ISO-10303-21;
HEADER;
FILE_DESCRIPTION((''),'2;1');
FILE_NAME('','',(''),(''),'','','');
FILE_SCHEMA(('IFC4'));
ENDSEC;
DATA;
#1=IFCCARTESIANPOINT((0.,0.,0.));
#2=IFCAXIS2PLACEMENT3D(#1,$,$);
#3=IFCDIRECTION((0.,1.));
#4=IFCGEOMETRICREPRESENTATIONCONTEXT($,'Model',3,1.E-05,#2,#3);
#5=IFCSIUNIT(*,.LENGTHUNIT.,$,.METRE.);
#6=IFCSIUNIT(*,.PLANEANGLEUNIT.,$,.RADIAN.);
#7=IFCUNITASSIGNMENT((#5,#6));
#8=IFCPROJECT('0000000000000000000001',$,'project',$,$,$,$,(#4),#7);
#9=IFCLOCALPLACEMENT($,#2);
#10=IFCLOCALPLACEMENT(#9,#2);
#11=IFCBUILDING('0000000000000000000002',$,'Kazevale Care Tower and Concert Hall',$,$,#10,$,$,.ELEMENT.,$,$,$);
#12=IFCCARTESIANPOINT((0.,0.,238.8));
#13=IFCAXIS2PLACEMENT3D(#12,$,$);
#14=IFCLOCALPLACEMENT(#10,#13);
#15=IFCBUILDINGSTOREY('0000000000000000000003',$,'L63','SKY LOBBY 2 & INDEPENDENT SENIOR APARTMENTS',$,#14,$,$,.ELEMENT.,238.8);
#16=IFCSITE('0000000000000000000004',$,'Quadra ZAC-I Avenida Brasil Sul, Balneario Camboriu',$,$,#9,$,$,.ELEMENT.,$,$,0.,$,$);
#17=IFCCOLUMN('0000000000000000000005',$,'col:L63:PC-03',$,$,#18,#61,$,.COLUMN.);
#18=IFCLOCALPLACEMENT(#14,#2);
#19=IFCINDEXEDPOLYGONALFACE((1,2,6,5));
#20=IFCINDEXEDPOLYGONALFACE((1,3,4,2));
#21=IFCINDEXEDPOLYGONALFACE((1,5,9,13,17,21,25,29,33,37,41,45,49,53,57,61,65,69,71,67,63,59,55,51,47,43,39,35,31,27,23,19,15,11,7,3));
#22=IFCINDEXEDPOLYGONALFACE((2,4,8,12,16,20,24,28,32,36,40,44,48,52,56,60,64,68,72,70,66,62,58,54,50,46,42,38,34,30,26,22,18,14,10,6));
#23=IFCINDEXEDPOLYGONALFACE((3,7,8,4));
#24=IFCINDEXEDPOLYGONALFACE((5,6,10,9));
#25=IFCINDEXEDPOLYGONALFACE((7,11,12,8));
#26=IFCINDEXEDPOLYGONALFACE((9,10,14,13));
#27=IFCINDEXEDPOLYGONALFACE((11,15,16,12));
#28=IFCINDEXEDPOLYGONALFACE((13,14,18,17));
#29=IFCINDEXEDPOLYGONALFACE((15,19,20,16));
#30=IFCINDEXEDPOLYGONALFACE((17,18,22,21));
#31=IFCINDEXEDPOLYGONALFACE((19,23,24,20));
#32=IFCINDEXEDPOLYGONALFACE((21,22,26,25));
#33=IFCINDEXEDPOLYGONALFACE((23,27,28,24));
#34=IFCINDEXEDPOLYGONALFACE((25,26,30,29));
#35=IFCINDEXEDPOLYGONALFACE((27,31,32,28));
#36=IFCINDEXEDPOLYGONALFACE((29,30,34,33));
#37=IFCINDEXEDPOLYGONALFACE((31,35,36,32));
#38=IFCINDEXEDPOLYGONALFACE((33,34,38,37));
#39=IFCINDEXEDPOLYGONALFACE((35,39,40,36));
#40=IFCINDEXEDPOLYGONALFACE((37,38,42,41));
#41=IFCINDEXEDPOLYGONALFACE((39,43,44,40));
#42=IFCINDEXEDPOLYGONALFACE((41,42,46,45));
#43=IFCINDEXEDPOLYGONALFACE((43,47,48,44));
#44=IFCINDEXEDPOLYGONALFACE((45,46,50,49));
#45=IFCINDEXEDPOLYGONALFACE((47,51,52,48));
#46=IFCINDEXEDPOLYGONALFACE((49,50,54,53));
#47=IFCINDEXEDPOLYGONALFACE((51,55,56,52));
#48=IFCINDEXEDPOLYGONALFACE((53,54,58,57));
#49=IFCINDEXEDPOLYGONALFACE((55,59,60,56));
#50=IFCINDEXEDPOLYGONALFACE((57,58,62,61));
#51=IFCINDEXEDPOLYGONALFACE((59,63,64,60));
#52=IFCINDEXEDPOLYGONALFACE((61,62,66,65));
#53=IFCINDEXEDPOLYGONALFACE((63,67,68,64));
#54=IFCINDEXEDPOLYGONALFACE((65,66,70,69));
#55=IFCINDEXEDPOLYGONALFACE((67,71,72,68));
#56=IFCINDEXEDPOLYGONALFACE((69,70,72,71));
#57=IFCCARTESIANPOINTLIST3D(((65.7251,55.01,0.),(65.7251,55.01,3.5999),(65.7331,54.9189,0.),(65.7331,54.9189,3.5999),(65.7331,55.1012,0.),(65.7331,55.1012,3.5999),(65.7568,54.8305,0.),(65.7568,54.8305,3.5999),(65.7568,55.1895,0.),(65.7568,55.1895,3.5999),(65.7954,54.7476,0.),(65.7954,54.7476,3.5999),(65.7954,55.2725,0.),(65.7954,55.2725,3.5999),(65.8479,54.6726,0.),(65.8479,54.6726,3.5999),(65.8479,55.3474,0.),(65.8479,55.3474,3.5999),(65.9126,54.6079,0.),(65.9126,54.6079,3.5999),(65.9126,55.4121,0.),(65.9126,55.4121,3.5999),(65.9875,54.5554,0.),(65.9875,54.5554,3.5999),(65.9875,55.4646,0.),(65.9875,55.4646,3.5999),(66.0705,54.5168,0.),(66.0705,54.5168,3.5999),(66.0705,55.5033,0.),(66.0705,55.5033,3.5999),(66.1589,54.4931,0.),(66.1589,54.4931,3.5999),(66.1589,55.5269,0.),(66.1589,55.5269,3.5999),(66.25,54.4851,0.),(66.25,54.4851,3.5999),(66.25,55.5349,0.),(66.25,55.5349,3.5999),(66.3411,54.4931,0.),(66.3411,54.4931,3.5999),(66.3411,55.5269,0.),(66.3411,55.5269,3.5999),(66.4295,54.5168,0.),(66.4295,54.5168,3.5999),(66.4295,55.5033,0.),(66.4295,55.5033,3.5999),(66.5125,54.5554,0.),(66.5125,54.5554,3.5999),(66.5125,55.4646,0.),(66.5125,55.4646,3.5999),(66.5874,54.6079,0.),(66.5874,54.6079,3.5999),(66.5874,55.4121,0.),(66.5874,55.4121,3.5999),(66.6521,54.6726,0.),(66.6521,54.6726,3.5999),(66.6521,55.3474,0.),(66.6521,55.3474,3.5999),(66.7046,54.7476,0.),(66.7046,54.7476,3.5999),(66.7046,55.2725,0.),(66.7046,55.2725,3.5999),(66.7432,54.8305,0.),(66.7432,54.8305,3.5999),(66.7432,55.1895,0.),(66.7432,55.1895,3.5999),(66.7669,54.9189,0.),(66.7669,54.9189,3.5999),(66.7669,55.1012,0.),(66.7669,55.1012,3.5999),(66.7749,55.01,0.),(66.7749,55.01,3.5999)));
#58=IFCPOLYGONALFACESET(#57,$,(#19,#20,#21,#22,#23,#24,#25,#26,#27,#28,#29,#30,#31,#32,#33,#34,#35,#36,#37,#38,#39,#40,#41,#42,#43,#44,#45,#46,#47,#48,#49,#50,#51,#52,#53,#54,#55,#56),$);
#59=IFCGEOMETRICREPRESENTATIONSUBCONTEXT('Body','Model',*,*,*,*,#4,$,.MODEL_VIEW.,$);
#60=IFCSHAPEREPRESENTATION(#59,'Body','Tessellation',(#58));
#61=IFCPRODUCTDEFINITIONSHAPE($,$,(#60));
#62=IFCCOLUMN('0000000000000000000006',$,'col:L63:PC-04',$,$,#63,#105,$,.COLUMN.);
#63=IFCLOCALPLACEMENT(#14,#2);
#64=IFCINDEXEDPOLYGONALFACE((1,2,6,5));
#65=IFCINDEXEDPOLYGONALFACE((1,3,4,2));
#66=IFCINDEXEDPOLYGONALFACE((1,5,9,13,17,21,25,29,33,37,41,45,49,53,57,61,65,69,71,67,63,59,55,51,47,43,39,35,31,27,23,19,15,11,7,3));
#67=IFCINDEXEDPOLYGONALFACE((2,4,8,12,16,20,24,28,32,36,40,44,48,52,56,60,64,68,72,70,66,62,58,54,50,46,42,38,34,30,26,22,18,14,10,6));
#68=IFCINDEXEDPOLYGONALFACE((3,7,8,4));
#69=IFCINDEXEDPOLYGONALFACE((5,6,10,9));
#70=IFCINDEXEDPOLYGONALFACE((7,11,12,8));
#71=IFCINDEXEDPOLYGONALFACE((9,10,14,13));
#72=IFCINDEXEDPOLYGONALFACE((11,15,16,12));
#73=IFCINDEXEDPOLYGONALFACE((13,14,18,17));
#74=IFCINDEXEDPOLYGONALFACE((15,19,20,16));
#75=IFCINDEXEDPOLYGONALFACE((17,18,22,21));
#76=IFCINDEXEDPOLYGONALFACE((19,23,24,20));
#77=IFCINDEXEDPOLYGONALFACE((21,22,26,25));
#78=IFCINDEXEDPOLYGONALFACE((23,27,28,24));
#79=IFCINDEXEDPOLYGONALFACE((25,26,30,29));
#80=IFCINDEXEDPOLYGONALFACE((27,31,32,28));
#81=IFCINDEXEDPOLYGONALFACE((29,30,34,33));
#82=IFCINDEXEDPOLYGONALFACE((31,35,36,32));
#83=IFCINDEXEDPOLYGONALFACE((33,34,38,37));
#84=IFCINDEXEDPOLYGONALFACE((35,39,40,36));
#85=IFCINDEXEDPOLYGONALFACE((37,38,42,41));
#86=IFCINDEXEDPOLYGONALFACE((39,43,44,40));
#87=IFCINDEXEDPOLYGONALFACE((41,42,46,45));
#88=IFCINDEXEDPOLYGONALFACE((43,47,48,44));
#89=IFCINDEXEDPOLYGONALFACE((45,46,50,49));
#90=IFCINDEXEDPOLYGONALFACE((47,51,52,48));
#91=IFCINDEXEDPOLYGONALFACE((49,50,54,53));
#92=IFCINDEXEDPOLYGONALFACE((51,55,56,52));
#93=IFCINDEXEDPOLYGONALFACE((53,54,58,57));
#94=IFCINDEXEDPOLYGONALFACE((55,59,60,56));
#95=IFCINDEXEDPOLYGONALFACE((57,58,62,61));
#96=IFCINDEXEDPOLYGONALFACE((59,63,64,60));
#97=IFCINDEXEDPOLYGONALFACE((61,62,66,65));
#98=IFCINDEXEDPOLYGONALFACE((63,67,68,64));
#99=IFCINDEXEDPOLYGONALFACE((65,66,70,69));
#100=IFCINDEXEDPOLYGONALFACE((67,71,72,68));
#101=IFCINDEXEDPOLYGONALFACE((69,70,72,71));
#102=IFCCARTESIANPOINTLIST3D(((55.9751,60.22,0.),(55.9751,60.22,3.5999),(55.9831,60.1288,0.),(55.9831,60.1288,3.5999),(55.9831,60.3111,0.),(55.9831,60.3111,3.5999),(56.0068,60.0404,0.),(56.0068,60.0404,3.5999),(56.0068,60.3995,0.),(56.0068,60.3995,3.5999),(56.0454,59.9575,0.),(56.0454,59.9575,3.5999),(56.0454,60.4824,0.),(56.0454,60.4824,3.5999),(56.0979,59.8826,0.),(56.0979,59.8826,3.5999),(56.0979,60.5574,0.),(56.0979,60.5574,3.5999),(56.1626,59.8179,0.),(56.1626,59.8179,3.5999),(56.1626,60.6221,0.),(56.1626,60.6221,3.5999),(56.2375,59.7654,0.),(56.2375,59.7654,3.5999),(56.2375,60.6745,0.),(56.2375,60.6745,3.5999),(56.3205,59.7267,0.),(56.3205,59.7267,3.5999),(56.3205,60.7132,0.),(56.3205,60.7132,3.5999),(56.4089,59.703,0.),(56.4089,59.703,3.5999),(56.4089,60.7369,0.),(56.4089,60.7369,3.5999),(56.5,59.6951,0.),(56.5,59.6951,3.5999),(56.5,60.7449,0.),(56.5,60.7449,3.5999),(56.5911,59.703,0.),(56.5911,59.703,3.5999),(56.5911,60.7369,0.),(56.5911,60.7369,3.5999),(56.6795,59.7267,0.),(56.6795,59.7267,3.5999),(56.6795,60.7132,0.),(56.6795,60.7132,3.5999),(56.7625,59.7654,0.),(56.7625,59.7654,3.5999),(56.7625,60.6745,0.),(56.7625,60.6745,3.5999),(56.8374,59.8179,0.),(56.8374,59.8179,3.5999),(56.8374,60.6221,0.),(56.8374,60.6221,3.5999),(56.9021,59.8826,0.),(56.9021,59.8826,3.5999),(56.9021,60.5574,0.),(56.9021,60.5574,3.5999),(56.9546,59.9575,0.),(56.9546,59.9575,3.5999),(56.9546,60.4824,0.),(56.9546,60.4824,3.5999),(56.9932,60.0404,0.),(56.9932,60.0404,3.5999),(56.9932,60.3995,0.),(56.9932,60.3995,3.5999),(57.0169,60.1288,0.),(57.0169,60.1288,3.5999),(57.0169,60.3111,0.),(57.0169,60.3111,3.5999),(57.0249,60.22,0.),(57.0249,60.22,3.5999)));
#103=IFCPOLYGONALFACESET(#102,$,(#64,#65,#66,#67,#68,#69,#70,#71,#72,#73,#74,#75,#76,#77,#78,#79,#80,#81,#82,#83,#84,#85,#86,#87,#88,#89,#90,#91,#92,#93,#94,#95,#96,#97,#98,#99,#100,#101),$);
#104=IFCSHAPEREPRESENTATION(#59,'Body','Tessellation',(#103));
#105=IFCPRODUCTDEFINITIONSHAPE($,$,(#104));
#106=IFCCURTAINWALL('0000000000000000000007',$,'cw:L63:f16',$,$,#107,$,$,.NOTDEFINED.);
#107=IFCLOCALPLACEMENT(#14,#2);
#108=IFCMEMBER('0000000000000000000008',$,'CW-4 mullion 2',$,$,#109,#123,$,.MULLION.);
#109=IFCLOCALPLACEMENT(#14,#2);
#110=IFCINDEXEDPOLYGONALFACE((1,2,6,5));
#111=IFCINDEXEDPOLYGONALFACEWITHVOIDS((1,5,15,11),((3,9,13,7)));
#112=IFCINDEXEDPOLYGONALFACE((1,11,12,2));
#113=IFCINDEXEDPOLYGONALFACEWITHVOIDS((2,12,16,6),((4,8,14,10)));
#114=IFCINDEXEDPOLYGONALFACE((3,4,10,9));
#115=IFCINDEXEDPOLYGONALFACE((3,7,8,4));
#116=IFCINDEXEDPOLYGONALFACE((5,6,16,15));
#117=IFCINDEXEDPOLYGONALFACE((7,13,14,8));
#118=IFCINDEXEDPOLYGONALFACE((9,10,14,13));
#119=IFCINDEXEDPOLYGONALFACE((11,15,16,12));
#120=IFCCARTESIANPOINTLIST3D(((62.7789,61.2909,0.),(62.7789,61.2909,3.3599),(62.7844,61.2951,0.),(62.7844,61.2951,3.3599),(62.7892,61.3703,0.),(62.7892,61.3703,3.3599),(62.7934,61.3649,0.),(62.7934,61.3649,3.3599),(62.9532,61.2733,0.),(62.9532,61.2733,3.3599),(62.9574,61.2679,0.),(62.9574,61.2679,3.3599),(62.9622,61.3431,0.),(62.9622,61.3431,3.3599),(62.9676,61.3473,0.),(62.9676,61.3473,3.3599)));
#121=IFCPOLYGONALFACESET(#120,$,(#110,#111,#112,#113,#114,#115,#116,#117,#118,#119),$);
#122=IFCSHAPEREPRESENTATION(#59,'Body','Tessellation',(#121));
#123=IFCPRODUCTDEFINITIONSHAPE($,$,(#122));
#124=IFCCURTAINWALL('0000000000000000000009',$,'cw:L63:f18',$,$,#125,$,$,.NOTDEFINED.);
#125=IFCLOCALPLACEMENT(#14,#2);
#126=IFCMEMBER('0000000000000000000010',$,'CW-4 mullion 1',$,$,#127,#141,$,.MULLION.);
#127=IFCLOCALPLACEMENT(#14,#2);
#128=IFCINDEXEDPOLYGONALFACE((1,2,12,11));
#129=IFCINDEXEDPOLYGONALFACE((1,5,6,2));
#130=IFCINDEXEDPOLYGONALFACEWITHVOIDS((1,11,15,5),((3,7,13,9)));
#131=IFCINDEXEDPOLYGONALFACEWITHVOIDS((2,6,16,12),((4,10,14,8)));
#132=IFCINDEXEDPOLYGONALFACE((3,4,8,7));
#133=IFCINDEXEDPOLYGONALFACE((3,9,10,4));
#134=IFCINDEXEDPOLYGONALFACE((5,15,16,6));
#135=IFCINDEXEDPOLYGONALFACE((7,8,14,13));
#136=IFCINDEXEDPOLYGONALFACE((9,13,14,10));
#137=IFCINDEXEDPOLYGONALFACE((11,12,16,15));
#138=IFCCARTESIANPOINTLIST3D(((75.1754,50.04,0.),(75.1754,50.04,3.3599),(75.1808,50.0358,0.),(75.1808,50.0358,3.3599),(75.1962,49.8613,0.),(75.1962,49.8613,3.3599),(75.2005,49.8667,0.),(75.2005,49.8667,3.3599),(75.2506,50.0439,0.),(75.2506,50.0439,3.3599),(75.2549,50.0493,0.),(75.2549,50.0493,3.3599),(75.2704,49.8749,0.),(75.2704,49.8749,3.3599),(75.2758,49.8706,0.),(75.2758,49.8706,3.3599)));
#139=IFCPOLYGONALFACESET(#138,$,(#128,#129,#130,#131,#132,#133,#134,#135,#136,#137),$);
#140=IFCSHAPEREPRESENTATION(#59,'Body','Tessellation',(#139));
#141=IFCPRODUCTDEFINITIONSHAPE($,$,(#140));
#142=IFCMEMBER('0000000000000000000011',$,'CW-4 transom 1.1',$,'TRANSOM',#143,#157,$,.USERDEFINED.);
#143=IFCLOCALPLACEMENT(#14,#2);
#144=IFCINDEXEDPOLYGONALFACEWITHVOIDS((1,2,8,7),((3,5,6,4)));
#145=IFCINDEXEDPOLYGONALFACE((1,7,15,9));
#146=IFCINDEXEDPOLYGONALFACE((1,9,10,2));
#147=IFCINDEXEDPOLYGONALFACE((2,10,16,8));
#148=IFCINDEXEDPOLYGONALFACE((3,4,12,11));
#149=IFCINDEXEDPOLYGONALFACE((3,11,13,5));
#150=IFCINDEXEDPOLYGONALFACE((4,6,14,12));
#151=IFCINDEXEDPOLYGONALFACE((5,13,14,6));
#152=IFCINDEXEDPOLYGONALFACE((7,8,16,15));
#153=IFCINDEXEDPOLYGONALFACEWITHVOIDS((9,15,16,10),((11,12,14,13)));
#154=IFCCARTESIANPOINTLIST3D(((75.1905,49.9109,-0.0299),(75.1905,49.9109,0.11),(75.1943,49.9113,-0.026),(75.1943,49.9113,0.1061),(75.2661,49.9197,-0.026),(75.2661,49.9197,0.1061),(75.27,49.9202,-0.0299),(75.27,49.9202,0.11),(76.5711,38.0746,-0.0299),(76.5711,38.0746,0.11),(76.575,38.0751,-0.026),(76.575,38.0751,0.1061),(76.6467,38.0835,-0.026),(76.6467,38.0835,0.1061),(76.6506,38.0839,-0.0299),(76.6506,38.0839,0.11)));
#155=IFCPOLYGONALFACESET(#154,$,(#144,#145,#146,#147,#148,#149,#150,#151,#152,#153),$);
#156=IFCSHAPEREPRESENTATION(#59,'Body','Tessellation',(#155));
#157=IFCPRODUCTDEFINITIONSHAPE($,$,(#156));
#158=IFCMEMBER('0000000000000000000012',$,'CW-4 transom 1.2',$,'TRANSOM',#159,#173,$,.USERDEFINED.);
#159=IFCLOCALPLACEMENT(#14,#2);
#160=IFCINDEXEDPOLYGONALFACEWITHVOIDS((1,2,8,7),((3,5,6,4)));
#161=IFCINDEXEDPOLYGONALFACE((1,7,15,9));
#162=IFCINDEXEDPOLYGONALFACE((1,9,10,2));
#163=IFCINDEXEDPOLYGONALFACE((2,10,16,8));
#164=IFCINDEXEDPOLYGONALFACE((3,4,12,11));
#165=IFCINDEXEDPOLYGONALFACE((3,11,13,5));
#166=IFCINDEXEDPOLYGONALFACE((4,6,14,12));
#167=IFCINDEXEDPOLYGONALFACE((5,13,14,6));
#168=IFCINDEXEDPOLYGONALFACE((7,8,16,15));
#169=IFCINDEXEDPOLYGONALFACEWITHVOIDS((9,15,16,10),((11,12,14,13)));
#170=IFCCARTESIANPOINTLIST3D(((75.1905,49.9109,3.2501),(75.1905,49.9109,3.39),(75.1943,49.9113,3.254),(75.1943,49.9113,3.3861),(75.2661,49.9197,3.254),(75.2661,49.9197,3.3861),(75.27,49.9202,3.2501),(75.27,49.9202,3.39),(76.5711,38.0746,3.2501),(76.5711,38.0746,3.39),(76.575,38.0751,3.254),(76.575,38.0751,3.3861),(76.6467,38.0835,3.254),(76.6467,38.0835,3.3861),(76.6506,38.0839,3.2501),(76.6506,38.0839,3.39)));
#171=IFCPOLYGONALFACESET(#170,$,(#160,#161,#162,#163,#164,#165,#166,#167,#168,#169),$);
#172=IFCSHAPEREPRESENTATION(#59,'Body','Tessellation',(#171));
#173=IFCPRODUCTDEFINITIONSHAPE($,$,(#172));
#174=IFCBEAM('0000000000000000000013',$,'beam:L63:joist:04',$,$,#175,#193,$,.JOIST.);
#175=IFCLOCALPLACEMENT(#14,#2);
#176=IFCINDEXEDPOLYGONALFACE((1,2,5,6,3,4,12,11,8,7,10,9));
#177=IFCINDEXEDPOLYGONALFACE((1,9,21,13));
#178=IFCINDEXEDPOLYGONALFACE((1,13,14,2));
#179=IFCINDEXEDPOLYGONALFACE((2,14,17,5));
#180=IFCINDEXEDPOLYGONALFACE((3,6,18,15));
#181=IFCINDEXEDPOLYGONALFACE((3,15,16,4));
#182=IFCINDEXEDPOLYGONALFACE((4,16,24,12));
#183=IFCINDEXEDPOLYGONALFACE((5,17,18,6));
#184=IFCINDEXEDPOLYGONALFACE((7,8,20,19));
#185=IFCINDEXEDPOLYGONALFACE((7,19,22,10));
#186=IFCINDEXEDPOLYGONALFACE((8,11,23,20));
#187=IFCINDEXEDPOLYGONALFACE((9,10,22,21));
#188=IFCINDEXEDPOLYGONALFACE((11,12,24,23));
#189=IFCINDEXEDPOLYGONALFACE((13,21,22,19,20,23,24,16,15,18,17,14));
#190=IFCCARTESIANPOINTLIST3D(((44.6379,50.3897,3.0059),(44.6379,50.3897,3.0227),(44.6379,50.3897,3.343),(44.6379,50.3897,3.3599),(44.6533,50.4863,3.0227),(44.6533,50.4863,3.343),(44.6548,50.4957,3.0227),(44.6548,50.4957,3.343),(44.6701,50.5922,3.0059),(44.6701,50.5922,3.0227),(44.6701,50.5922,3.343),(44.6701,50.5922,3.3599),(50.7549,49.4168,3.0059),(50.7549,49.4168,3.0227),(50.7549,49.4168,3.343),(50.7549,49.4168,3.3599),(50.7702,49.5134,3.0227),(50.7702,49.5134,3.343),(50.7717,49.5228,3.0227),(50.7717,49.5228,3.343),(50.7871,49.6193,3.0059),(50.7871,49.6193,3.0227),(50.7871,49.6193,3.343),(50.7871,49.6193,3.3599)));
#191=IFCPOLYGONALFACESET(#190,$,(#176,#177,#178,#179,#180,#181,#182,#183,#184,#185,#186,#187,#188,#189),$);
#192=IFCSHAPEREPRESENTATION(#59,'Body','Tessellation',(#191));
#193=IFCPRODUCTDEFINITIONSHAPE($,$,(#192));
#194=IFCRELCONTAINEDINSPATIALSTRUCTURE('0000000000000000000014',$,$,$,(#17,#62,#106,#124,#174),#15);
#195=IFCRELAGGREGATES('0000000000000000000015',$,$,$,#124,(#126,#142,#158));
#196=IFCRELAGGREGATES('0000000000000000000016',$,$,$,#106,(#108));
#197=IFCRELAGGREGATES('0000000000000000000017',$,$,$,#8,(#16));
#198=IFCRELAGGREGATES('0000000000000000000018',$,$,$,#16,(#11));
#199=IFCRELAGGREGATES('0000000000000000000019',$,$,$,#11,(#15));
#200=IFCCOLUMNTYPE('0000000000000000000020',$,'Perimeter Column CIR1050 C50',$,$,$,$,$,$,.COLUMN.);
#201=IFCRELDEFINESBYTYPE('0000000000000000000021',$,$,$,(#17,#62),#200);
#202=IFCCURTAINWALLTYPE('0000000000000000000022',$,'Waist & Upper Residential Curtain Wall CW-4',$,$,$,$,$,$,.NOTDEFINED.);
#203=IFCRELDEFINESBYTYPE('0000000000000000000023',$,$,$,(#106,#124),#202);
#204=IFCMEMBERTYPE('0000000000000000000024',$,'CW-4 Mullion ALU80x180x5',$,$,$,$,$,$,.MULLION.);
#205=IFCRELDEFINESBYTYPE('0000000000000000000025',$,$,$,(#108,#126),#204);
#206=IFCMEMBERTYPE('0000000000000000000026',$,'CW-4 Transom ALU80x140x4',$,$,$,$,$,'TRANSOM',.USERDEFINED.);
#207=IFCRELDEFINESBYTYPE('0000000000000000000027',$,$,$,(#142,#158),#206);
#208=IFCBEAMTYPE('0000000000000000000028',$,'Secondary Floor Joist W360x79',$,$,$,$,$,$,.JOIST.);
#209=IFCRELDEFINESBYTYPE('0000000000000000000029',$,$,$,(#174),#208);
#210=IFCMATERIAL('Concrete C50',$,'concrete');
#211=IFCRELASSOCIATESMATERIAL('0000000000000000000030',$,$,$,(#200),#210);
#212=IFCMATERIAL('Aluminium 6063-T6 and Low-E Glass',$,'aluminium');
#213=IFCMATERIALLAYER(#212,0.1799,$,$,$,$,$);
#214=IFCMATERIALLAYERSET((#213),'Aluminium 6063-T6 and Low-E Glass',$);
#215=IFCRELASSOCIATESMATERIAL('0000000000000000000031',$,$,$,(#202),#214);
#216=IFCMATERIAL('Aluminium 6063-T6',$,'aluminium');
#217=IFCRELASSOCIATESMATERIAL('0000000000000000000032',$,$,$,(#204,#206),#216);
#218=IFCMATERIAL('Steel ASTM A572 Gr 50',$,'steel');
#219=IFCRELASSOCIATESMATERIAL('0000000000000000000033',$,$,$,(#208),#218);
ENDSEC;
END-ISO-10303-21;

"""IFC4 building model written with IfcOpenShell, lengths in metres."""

from ifc_helpers import new_model, si_unit, direction, frame, origin, origin_2d, place, context, subcontext, project, spatial, hollow_rectangle, circle, i_section, extrude, material, layer, layer_set, material_profile, profile_set, type_object, element, aggregate, save


model = new_model("IFC4")

# Units and contexts
model_context = context("Model", 3, precision=1e-05, world=origin(), true_north=direction((0.0, 1.0)))
body_context = subcontext(model_context, "Body", "Model", "MODEL_VIEW")
ifc_project = project(units=[si_unit("LENGTHUNIT", "METRE"), si_unit("PLANEANGLEUNIT", "RADIAN")], contexts=[model_context])

# Site, building, storey
site_placement = place(None, origin())
site = spatial("IfcSite", under=ifc_project, at=site_placement, Name="Quadra ZAC-I Avenida Brasil Sul, Balneario Camboriu", CompositionType="ELEMENT", RefElevation=0.0)
building_placement = place(site_placement, origin())
building = spatial("IfcBuilding", under=site, at=building_placement, Name="Kazevale Care Tower and Concert Hall", CompositionType="ELEMENT")
storey_placement = place(building_placement, frame((0.0, 0.0, 238.8)))
storey = spatial("IfcBuildingStorey", under=building, at=storey_placement, Name="L63", Description="SKY LOBBY 2 & INDEPENDENT SENIOR APARTMENTS", CompositionType="ELEMENT", Elevation=238.8)

# Columns
ifc_material_1 = material(Name="Concrete C50", Category="concrete")
ifc_material_profile_1 = material_profile(ifc_material_1, circle(Radius=0.5249, at=origin_2d()), Name="RC-CIR1050")
ifc_profile_set_1 = profile_set([ifc_material_profile_1], Name="Concrete C50")
column_type = type_object("IfcColumnType", Name="Perimeter Column CIR1050 C50", PredefinedType="COLUMN", material=ifc_profile_set_1)
for number, where, z_axis, x_axis, name in (
    (1, (66.25, 55.01, 0.0), (0.0, 0.0, 1.0), (1.0, 0.0, 0.0), "col:L63:PC-03"),
    (2, (56.5, 60.22, 0.0), (0.0, 0.0, 1.0), (1.0, 0.0, 0.0), "col:L63:PC-04"),
):
    element("IfcColumn", number, at=place(storey_placement, frame(where, z_axis=z_axis, x_axis=x_axis)), inside=storey, type_object=column_type, Name=name, PredefinedType="COLUMN", context=body_context, shape_type="SweptSolid", body=[
        extrude(circle(Radius=0.5249, at=origin_2d()), origin(), (0.0, 0.0, 1.0), 3.5999),
    ])

# Curtain wall, member
ifc_material_2 = material(Name="Aluminium 6063-T6 and Low-E Glass", Category="aluminium")
ifc_layer_1 = layer(ifc_material_2, 0.1799)
ifc_layer_set_1 = layer_set([ifc_layer_1], Name="Aluminium 6063-T6 and Low-E Glass")
curtain_wall_type = type_object("IfcCurtainWallType", Name="Waist & Upper Residential Curtain Wall CW-4", PredefinedType="NOTDEFINED", material=ifc_layer_set_1)
curtain_wall_1_placement = place(storey_placement, origin())
curtain_wall_1 = element("IfcCurtainWall", 3, at=curtain_wall_1_placement, inside=storey, type_object=curtain_wall_type, Name="cw:L63:f16", PredefinedType="NOTDEFINED")
ifc_material_3 = material(Name="Aluminium 6063-T6", Category="aluminium")
ifc_material_profile_2 = material_profile(ifc_material_3, hollow_rectangle(XDim=0.0801, YDim=0.1799, WallThickness=0.0049, at=origin_2d()), Name="ALU80x180x5")
ifc_profile_set_2 = profile_set([ifc_material_profile_2], Name="Aluminium 6063-T6")
member_type_1 = type_object("IfcMemberType", Name="CW-4 Mullion ALU80x180x5", PredefinedType="MULLION", material=ifc_profile_set_2)
member_1_placement = place(storey_placement, frame((62.8733, 61.3191, 0.0), z_axis=(0.0, 0.0, 1.0), x_axis=(0.128098, 0.991761, 0.0)))
member_1 = element("IfcMember", 4, at=member_1_placement, type_object=member_type_1, Name="CW-4 mullion 2", PredefinedType="MULLION", context=body_context, shape_type="SweptSolid", body=[
    extrude(hollow_rectangle(XDim=0.0801, YDim=0.1799, WallThickness=0.0049, at=origin_2d()), origin(), (0.0, 0.0, 1.0), 3.3599),
])

# Curtain wall, members
curtain_wall_2_placement = place(storey_placement, origin())
curtain_wall_2 = element("IfcCurtainWall", 5, at=curtain_wall_2_placement, inside=storey, type_object=curtain_wall_type, Name="cw:L63:f18", PredefinedType="NOTDEFINED")
member_2_placement = place(storey_placement, frame((75.2256, 49.9553, 0.0), z_axis=(0.0, 0.0, 1.0), x_axis=(0.993267, 0.115847, 0.0)))
member_2 = element("IfcMember", 6, at=member_2_placement, type_object=member_type_1, Name="CW-4 mullion 1", PredefinedType="MULLION", context=body_context, shape_type="SweptSolid", body=[
    extrude(hollow_rectangle(XDim=0.0801, YDim=0.1799, WallThickness=0.0049, at=origin_2d()), origin(), (0.0, 0.0, 1.0), 3.3599),
])
ifc_material_profile_3 = material_profile(ifc_material_3, hollow_rectangle(XDim=0.0801, YDim=0.1399, WallThickness=0.0039, at=origin_2d()), Name="ALU80x140x4")
ifc_profile_set_3 = profile_set([ifc_material_profile_3], Name="Aluminium 6063-T6")
member_type_2 = type_object("IfcMemberType", Name="CW-4 Transom ALU80x140x4", ElementType="TRANSOM", PredefinedType="USERDEFINED", material=ifc_profile_set_3)
member_3_placement = place(storey_placement, frame((75.2302, 49.9155, 0.04), z_axis=(0.115858, -0.993266, 0.0), x_axis=(0.993266, 0.115858, 0.0)))
member_3 = element("IfcMember", 7, at=member_3_placement, type_object=member_type_2, Name="CW-4 transom 1.1", ObjectType="TRANSOM", PredefinedType="USERDEFINED", context=body_context, shape_type="SweptSolid", body=[
    extrude(hollow_rectangle(XDim=0.0801, YDim=0.1399, WallThickness=0.0039, at=origin_2d()), origin(), (0.0, 0.0, 1.0), 11.9165),
])
member_4_placement = place(storey_placement, frame((75.2302, 49.9155, 3.3201), z_axis=(0.115858, -0.993266, 0.0), x_axis=(0.993266, 0.115858, 0.0)))
member_4 = element("IfcMember", 8, at=member_4_placement, type_object=member_type_2, Name="CW-4 transom 1.2", ObjectType="TRANSOM", PredefinedType="USERDEFINED", context=body_context, shape_type="SweptSolid", body=[
    extrude(hollow_rectangle(XDim=0.0801, YDim=0.1399, WallThickness=0.0039, at=origin_2d()), origin(), (0.0, 0.0, 1.0), 11.9165),
])
aggregate(curtain_wall_2, [member_2, member_3, member_4])

# Beam
ifc_material_4 = material(Name="Steel ASTM A572 Gr 50", Category="steel")
ifc_material_profile_4 = material_profile(ifc_material_4, i_section(OverallWidth=0.2051, OverallDepth=0.354, WebThickness=0.0095, FlangeThickness=0.0168, at=origin_2d()), Name="W360x79")
ifc_profile_set_4 = profile_set([ifc_material_profile_4], Name="Steel ASTM A572 Gr 50")
beam_type_1 = type_object("IfcBeamType", Name="Secondary Floor Joist W360x79", PredefinedType="JOIST", material=ifc_profile_set_4)
beam_1_placement = place(storey_placement, frame((50.771, 49.5181, 3.1829), z_axis=(-0.987587, 0.157076, 0.0), x_axis=(-0.157076, -0.987587, 0.0)))
element("IfcBeam", 9, at=beam_1_placement, inside=storey, type_object=beam_type_1, Name="beam:L63:joist:04", PredefinedType="JOIST", context=body_context, shape_type="SweptSolid", body=[
    extrude(i_section(OverallWidth=0.2051, OverallDepth=0.354, WebThickness=0.0095, FlangeThickness=0.0168, at=origin_2d()), origin(), (0.0, 0.0, 1.0), 6.1938),
])

aggregate(curtain_wall_1, [member_1])

save(model, "model.ifc")
